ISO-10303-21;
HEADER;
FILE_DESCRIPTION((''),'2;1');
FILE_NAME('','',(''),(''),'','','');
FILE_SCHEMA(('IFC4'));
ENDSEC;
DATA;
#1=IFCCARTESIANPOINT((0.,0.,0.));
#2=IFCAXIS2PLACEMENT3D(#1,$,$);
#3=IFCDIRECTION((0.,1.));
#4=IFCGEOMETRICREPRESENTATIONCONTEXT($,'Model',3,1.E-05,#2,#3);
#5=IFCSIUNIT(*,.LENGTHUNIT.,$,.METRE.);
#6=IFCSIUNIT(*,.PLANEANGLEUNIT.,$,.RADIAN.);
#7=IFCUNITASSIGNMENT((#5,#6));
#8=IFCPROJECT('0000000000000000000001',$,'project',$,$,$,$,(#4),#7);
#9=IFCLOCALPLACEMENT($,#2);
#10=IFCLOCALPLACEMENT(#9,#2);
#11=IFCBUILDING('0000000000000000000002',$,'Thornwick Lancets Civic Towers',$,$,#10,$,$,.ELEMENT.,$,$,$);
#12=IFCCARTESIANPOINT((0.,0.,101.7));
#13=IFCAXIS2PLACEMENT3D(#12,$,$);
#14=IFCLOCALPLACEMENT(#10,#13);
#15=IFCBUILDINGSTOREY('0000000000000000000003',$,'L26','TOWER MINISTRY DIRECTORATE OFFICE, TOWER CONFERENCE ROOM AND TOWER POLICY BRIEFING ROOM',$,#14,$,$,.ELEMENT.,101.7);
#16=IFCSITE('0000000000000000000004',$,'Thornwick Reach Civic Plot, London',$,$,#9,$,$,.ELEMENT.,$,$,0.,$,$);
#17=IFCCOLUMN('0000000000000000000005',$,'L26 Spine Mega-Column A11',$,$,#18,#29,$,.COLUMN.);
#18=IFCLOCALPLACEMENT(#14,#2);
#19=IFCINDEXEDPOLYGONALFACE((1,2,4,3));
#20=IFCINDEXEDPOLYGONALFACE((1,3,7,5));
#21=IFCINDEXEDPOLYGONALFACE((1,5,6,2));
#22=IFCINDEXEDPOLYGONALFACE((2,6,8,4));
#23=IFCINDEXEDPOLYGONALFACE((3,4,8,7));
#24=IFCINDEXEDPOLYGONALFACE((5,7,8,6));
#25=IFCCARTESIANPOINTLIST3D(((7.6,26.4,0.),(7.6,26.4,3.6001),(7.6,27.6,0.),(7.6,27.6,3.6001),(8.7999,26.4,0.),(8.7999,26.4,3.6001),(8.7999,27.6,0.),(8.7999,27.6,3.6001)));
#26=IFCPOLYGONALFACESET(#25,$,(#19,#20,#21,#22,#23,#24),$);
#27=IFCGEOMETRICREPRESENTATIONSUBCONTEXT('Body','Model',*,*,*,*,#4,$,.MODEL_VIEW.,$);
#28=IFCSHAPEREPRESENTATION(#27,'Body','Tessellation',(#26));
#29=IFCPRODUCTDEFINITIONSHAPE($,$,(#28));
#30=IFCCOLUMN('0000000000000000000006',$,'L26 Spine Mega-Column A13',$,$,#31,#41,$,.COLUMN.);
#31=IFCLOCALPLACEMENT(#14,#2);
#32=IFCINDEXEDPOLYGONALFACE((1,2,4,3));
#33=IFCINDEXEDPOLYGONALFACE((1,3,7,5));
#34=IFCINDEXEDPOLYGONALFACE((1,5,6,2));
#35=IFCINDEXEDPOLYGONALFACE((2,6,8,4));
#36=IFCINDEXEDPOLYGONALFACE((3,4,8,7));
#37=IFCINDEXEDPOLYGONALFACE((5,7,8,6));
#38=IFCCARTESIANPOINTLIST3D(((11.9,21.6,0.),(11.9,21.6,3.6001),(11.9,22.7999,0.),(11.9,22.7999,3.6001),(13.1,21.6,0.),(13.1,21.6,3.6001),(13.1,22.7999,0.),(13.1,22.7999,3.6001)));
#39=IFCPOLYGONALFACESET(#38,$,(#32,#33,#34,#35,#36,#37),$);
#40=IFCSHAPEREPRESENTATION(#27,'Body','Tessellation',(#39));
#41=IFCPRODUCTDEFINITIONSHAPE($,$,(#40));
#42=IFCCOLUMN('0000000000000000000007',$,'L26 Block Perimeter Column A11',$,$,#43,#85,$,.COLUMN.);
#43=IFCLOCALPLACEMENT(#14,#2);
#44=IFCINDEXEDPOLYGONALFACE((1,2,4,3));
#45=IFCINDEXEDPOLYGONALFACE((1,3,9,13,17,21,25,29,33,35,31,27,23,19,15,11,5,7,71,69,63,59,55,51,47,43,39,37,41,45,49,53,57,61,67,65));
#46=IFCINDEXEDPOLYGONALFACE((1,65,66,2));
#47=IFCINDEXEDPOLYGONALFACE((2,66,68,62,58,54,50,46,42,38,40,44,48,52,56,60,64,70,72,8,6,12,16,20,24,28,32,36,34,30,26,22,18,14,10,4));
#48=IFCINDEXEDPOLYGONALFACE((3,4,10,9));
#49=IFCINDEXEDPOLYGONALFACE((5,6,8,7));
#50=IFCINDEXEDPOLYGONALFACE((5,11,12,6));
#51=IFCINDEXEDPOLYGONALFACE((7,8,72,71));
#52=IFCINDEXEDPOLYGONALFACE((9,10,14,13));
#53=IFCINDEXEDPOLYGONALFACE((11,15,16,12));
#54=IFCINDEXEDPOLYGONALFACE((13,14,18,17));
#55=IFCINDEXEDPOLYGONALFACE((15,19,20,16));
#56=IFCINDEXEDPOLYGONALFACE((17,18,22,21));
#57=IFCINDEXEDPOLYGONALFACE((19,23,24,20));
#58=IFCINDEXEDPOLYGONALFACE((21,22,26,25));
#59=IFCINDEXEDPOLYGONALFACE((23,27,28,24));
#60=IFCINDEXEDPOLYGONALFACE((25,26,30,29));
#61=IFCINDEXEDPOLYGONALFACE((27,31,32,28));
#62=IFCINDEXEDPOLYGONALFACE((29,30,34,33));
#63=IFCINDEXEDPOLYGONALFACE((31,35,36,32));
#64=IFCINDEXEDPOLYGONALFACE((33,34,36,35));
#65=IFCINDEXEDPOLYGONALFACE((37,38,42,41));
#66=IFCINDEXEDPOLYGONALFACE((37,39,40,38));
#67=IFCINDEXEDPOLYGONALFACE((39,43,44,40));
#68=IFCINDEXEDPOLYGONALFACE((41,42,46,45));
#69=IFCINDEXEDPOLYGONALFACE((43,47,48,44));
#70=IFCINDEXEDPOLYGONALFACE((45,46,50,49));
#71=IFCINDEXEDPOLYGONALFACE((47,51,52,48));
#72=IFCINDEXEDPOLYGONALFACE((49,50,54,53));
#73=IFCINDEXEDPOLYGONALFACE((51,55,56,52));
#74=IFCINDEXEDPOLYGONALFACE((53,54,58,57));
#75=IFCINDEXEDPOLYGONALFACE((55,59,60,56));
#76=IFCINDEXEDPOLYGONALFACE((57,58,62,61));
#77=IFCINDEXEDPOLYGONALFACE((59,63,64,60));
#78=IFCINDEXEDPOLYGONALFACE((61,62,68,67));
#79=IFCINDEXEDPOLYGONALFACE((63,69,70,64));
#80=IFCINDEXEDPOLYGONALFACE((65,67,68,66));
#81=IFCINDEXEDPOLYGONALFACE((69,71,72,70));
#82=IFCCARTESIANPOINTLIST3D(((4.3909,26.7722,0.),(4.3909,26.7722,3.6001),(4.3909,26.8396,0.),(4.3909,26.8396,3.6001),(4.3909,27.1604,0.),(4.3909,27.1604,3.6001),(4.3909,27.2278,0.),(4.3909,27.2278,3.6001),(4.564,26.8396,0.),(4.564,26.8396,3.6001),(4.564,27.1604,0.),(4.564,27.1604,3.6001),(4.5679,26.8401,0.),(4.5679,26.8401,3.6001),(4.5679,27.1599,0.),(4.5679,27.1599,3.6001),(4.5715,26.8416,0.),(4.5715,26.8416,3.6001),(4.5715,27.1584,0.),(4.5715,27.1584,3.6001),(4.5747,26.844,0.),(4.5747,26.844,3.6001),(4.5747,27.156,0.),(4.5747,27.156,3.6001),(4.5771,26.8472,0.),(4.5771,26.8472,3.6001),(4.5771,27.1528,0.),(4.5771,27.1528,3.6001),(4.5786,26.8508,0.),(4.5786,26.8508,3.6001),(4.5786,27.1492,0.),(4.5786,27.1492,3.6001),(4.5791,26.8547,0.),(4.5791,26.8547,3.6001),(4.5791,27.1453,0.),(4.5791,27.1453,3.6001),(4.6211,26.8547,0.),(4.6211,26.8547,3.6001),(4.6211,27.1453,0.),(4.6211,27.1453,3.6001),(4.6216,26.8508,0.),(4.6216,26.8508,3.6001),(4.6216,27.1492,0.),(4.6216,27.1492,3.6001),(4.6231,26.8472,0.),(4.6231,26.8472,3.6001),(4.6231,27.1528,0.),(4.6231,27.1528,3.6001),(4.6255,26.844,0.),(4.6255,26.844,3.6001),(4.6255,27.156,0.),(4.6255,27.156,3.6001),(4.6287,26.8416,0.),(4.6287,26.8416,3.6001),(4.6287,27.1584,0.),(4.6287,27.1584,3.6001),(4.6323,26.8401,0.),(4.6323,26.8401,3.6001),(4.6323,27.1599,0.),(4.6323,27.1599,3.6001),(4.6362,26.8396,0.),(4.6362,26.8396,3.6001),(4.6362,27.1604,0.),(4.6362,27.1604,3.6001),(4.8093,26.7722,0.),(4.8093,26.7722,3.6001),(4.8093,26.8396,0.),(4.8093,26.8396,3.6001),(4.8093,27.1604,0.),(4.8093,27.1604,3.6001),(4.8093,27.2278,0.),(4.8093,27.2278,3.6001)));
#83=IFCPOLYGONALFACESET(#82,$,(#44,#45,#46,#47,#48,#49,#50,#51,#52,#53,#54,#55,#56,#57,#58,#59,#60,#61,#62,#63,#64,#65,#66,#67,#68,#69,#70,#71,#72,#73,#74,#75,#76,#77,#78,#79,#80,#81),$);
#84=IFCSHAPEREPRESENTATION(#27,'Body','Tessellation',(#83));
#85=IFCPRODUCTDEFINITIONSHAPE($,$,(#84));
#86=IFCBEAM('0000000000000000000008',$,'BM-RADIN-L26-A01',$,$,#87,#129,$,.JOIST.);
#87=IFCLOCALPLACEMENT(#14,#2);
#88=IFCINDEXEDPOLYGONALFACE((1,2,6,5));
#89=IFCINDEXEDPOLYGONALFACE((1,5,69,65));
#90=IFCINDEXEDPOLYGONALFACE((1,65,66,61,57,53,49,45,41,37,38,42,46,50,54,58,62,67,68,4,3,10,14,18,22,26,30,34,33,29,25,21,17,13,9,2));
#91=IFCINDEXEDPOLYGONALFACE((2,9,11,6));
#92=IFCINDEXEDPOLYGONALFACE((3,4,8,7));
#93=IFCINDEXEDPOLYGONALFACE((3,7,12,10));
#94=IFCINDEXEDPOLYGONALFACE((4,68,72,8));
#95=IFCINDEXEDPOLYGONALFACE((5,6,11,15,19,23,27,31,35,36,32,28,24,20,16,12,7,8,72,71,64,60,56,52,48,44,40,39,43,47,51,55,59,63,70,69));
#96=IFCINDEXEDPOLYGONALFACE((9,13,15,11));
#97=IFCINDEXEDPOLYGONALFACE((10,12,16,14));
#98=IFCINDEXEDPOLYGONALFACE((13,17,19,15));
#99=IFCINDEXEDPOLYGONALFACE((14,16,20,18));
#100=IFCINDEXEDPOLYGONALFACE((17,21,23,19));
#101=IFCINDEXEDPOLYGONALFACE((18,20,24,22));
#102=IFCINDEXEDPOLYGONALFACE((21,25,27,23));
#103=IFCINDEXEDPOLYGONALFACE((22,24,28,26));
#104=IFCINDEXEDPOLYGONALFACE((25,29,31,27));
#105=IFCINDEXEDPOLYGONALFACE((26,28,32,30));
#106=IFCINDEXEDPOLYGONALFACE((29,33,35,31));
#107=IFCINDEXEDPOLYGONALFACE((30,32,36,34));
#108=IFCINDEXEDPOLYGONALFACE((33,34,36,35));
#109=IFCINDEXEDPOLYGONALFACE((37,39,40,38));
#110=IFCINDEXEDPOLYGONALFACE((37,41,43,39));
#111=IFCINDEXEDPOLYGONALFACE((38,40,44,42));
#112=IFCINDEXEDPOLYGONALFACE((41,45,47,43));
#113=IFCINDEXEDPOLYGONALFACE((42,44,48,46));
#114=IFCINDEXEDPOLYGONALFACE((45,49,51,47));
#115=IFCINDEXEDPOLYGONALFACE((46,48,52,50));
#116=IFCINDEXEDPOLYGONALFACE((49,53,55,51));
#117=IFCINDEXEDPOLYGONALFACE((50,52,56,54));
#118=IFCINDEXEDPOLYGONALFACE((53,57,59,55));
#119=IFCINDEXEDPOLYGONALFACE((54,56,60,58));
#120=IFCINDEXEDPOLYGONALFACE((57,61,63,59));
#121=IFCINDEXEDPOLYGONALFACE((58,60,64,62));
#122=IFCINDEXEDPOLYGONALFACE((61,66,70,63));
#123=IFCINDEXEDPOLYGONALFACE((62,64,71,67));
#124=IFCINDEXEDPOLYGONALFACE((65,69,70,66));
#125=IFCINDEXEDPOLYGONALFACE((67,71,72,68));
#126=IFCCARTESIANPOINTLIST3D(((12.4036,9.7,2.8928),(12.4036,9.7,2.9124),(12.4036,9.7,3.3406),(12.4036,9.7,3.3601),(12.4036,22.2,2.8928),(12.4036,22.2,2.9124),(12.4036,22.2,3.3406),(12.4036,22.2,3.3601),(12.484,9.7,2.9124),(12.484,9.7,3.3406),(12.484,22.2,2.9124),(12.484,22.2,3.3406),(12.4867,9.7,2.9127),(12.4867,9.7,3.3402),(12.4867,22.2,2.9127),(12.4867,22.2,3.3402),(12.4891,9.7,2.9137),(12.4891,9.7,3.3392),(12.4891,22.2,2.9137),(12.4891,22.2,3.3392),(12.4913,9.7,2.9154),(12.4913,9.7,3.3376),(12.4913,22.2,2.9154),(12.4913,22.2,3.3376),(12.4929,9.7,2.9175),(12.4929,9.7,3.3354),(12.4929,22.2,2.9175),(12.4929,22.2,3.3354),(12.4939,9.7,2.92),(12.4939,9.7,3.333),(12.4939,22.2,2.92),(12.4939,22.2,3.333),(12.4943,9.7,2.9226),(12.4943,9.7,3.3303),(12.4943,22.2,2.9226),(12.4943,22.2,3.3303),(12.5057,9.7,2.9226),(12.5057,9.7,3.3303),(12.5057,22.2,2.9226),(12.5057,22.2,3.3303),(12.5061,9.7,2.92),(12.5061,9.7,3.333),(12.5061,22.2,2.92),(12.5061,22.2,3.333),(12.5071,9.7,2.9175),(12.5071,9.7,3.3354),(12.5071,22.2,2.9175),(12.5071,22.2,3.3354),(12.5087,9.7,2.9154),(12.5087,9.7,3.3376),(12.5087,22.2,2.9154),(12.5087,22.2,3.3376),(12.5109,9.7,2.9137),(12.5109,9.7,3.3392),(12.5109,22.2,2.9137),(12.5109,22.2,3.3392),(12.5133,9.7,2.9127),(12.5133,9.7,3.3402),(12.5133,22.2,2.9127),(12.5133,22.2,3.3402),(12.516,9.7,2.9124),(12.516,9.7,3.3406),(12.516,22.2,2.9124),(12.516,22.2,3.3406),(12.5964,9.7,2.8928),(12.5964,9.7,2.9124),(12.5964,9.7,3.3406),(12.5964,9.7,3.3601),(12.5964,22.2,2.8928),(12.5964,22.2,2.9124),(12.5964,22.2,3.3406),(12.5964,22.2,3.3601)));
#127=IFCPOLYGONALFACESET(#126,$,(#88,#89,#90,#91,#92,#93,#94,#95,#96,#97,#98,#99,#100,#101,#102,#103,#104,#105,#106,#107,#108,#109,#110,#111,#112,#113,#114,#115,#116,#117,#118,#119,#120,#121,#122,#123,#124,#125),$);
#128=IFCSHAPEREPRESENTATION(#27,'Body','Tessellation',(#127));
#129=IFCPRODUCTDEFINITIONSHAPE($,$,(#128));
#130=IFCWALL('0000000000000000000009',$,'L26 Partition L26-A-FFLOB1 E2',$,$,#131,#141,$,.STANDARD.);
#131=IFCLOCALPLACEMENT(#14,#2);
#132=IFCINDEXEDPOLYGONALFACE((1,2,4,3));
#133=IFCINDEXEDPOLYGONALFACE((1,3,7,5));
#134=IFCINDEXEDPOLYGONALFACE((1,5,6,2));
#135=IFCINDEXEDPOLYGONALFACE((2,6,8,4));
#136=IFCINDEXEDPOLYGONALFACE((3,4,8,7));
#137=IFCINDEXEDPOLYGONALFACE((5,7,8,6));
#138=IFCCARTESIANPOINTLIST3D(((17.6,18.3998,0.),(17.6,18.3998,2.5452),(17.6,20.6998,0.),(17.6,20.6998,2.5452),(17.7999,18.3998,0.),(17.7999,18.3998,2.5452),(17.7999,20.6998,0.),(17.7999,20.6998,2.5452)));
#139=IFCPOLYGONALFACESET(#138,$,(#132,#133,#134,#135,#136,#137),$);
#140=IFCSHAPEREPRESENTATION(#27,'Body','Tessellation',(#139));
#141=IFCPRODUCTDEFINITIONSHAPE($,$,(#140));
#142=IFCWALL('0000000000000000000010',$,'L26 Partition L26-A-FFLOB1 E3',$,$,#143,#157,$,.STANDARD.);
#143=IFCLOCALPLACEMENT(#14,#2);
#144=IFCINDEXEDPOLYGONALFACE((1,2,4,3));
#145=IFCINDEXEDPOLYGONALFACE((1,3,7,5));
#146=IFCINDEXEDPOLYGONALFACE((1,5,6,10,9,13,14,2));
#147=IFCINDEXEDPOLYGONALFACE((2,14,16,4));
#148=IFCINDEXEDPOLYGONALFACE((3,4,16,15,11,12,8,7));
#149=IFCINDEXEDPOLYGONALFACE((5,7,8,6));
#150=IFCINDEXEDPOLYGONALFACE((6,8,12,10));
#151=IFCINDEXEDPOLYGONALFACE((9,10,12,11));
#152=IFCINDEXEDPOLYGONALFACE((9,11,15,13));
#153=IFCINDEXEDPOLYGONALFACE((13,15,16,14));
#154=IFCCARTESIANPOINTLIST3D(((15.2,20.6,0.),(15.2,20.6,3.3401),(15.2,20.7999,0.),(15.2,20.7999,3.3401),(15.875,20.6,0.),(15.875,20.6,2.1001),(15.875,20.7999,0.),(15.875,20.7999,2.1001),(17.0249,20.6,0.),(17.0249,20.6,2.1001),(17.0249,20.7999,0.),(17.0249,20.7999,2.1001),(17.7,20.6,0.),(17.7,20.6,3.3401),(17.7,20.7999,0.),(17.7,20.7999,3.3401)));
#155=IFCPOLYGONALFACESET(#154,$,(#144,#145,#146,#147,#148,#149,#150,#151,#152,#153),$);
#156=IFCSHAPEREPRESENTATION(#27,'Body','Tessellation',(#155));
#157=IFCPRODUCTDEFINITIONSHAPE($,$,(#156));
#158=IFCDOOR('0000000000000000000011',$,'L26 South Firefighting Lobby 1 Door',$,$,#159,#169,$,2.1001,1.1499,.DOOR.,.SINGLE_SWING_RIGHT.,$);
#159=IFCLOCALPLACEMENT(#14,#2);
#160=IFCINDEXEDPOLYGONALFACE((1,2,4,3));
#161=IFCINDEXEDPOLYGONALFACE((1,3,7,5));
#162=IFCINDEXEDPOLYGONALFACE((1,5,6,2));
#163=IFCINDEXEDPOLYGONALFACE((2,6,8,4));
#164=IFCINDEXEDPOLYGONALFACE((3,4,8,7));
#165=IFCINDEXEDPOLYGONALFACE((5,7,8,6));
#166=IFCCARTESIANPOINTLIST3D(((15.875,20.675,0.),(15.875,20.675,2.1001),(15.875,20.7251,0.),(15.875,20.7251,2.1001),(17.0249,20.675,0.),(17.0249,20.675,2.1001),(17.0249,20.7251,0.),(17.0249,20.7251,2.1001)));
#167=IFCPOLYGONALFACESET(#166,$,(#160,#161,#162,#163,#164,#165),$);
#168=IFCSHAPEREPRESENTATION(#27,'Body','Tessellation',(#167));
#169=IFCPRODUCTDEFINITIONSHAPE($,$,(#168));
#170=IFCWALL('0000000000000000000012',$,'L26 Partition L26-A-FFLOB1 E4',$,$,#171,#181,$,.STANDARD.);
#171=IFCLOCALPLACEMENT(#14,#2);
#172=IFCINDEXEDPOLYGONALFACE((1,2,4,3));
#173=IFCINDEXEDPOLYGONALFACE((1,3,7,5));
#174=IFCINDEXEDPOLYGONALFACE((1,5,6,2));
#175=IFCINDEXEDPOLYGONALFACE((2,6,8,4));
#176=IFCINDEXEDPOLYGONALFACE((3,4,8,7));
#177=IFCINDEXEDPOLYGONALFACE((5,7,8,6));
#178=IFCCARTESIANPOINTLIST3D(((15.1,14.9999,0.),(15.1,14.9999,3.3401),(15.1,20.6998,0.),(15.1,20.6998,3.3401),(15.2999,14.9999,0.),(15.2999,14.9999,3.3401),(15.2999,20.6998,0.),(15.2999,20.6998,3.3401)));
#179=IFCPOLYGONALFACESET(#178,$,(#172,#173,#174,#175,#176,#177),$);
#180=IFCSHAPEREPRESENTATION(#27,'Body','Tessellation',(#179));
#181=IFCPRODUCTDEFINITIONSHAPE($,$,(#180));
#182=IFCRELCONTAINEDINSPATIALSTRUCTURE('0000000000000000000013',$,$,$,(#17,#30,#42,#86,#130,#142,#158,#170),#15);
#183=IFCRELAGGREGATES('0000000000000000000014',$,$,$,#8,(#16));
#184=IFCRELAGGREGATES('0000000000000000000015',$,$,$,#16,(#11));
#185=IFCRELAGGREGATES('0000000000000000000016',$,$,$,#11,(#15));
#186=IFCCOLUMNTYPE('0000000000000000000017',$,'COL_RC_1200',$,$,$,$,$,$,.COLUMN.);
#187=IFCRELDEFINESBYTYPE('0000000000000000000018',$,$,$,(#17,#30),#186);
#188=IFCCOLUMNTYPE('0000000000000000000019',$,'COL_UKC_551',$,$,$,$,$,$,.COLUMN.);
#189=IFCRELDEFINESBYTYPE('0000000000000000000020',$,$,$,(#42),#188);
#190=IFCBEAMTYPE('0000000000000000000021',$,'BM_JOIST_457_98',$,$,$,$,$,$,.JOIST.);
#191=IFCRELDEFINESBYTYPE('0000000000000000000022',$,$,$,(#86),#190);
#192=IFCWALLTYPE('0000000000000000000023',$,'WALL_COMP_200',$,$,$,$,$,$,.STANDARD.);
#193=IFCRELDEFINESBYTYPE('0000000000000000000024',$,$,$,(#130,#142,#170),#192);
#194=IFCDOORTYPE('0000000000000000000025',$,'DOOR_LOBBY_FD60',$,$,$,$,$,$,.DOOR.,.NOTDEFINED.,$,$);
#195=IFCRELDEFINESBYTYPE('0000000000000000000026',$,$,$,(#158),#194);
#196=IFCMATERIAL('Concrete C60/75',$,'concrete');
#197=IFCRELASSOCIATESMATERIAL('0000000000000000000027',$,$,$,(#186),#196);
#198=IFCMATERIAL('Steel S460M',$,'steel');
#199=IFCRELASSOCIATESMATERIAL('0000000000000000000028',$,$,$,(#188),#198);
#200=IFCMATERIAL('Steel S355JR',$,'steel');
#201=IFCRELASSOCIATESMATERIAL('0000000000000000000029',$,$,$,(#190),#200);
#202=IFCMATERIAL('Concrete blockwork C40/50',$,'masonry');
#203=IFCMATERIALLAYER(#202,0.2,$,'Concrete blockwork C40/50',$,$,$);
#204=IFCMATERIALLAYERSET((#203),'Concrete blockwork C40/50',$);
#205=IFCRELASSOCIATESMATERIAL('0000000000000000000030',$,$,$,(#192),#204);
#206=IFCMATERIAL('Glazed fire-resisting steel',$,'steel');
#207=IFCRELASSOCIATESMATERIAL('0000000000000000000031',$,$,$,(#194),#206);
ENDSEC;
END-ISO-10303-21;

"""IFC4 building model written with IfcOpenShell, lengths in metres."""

from ifc_helpers import new_model, si_unit, direction, frame, frame_2d, origin, origin_2d, place, context, subcontext, project, spatial, rectangle, i_section, extrude, material, layer, layer_set, material_profile, profile_set, type_object, element, fill, save


model = new_model("IFC4")

# Units and contexts
model_context = context("Model", 3, precision=1e-05, world=origin(), true_north=direction((0.0, 1.0)))
body_context = subcontext(model_context, "Body", "Model", "MODEL_VIEW")
ifc_project = project(units=[si_unit("LENGTHUNIT", "METRE"), si_unit("PLANEANGLEUNIT", "RADIAN")], contexts=[model_context])

# Site, building, storey
site_placement = place(None, origin())
site = spatial("IfcSite", under=ifc_project, at=site_placement, Name="Thornwick Reach Civic Plot, London", CompositionType="ELEMENT", RefElevation=0.0)
building_placement = place(site_placement, origin())
building = spatial("IfcBuilding", under=site, at=building_placement, Name="Thornwick Lancets Civic Towers", CompositionType="ELEMENT")
storey_placement = place(building_placement, frame((0.0, 0.0, 101.7)))
storey = spatial("IfcBuildingStorey", under=building, at=storey_placement, Name="L26", Description="TOWER MINISTRY DIRECTORATE OFFICE, TOWER CONFERENCE ROOM AND TOWER POLICY BRIEFING ROOM", CompositionType="ELEMENT", Elevation=101.7)

# Columns
ifc_material_1 = material(Name="Concrete C60/75", Category="concrete")
ifc_material_profile_1 = material_profile(ifc_material_1, rectangle(XDim=1.2, YDim=1.2, at=origin_2d()), Name="RC 1200x1200")
ifc_profile_set_1 = profile_set([ifc_material_profile_1], Name="Concrete C60/75")
column_type_1 = type_object("IfcColumnType", Name="COL_RC_1200", PredefinedType="COLUMN", material=ifc_profile_set_1)
for number, where, z_axis, x_axis, name in (
    (1, (8.2, 27.0, 0.0), (0.0, 0.0, 1.0), (1.0, 0.0, 0.0), "L26 Spine Mega-Column A11"),
    (2, (12.5, 22.2, 0.0), (0.0, 0.0, 1.0), (1.0, 0.0, 0.0), "L26 Spine Mega-Column A13"),
):
    element("IfcColumn", number, at=place(storey_placement, frame(where, z_axis=z_axis, x_axis=x_axis)), inside=storey, type_object=column_type_1, Name=name, PredefinedType="COLUMN", context=body_context, shape_type="SweptSolid", body=[
        extrude(rectangle(XDim=1.2, YDim=1.2, at=origin_2d()), origin(), (0.0, 0.0, 1.0), 3.6001),
    ])
ifc_material_2 = material(Name="Steel S460M", Category="steel")
ifc_material_profile_2 = material_profile(ifc_material_2, i_section(OverallWidth=0.4185, OverallDepth=0.4556, WebThickness=0.042, FlangeThickness=0.0674, FilletRadius=0.0151, at=origin_2d()), Name="UKC 356x406x551")
ifc_profile_set_2 = profile_set([ifc_material_profile_2], Name="Steel S460M")
column_type_2 = type_object("IfcColumnType", Name="COL_UKC_551", PredefinedType="COLUMN", material=ifc_profile_set_2)
column_placement = place(storey_placement, frame((4.6001, 27.0, 0.0), z_axis=(0.0, 0.0, 1.0), x_axis=(1.0, 0.0, 0.0)))
element("IfcColumn", 3, at=column_placement, inside=storey, type_object=column_type_2, Name="L26 Block Perimeter Column A11", PredefinedType="COLUMN", context=body_context, shape_type="SweptSolid", body=[
    extrude(i_section(OverallWidth=0.4185, OverallDepth=0.4556, WebThickness=0.042, FlangeThickness=0.0674, FilletRadius=0.0151, at=origin_2d()), origin(), (0.0, 0.0, 1.0), 3.6001),
])

# Beam
ifc_material_3 = material(Name="Steel S355JR", Category="steel")
ifc_material_profile_3 = material_profile(ifc_material_3, i_section(OverallWidth=0.1929, OverallDepth=0.4673, WebThickness=0.0115, FlangeThickness=0.0195, FilletRadius=0.0103, at=origin_2d()), Name="UKB 457x191x98")
ifc_profile_set_3 = profile_set([ifc_material_profile_3], Name="Steel S355JR")
beam_type = type_object("IfcBeamType", Name="BM_JOIST_457_98", PredefinedType="JOIST", material=ifc_profile_set_3)
beam_placement = place(storey_placement, frame((12.5, 22.2, 3.1265), z_axis=(0.0, -1.0, 0.0), x_axis=(1.0, 0.0, 0.0)))
element("IfcBeam", 4, at=beam_placement, inside=storey, type_object=beam_type, Name="BM-RADIN-L26-A01", PredefinedType="JOIST", context=body_context, shape_type="SweptSolid", body=[
    extrude(i_section(OverallWidth=0.1929, OverallDepth=0.4673, WebThickness=0.0115, FlangeThickness=0.0195, FilletRadius=0.0103, at=origin_2d()), origin(), (0.0, 0.0, 1.0), 12.5),
])

# Wall
ifc_material_4 = material(Name="Concrete blockwork C40/50", Category="masonry")
ifc_layer_1 = layer(ifc_material_4, 0.2, Name="Concrete blockwork C40/50")
ifc_layer_set_1 = layer_set([ifc_layer_1], Name="Concrete blockwork C40/50")
wall_type_1 = type_object("IfcWallType", Name="WALL_COMP_200", PredefinedType="STANDARD", material=ifc_layer_set_1)
wall_1_placement = place(storey_placement, frame((17.7, 18.3999, 0.0), z_axis=(0.0, 0.0, 1.0), x_axis=(0.0, 1.0, 0.0)))
element("IfcWall", 5, at=wall_1_placement, inside=storey, type_object=wall_type_1, Name="L26 Partition L26-A-FFLOB1 E2", PredefinedType="STANDARD", context=body_context, shape_type="SweptSolid", body=[
    extrude(rectangle(XDim=2.3, YDim=0.2, at=frame_2d((1.1499, 0.0))), origin(), (0.0, 0.0, 1.0), 2.5452),
])

# Wall, opening, door
wall_2_placement = place(storey_placement, frame((17.7, 20.7, 0.0), z_axis=(0.0, 0.0, 1.0), x_axis=(-1.0, 0.0, 0.0)))
wall_2 = element("IfcWall", 6, at=wall_2_placement, inside=storey, type_object=wall_type_1, Name="L26 Partition L26-A-FFLOB1 E3", PredefinedType="STANDARD", context=body_context, shape_type="SweptSolid", body=[
    extrude(rectangle(XDim=2.5, YDim=0.2, at=frame_2d((1.25, 0.0))), origin(), (0.0, 0.0, 1.0), 3.3401),
])
opening_1_placement = place(wall_2_placement, frame((0.675, 0.0, 0.0)))
opening_1 = element("IfcOpeningElement", 7, at=opening_1_placement, cuts=wall_2, PredefinedType="OPENING", context=body_context, shape_type="SweptSolid", body=[
    extrude(rectangle(XDim=1.1499, YDim=2.1001, at=frame_2d((0.575, 1.05))), frame((0.0, 0.1099, 0.0), z_axis=(0.0, -1.0, 0.0), x_axis=(1.0, 0.0, 0.0)), (0.0, 0.0, 1.0), 0.22),
])
ifc_material_5 = material(Name="Glazed fire-resisting steel", Category="steel")
door_type_1 = type_object("IfcDoorType", Name="DOOR_LOBBY_FD60", OperationType="NOTDEFINED", PredefinedType="DOOR", material=ifc_material_5)
door_1_placement = place(opening_1_placement, origin())
door_1 = element("IfcDoor", 8, at=door_1_placement, inside=storey, type_object=door_type_1, Name="L26 South Firefighting Lobby 1 Door", OperationType="SINGLE_SWING_RIGHT", OverallHeight=2.1001, OverallWidth=1.1499, PredefinedType="DOOR", context=body_context, shape_type="SweptSolid", body=[
    extrude(rectangle(XDim=1.1499, YDim=2.1001, at=frame_2d((0.575, 1.05))), frame((0.0, 0.0249, 0.0), z_axis=(0.0, -1.0, 0.0), x_axis=(1.0, 0.0, 0.0)), (0.0, 0.0, 1.0), 0.05),
])
fill(opening_1, door_1)

# Wall
wall_3_placement = place(storey_placement, frame((15.2, 20.7, 0.0), z_axis=(0.0, 0.0, 1.0), x_axis=(0.0, -1.0, 0.0)))
element("IfcWall", 9, at=wall_3_placement, inside=storey, type_object=wall_type_1, Name="L26 Partition L26-A-FFLOB1 E4", PredefinedType="STANDARD", context=body_context, shape_type="SweptSolid", body=[
    extrude(rectangle(XDim=5.7, YDim=0.2, at=frame_2d((2.8501, 0.0))), origin(), (0.0, 0.0, 1.0), 3.3401),
])

save(model, "model.ifc")
